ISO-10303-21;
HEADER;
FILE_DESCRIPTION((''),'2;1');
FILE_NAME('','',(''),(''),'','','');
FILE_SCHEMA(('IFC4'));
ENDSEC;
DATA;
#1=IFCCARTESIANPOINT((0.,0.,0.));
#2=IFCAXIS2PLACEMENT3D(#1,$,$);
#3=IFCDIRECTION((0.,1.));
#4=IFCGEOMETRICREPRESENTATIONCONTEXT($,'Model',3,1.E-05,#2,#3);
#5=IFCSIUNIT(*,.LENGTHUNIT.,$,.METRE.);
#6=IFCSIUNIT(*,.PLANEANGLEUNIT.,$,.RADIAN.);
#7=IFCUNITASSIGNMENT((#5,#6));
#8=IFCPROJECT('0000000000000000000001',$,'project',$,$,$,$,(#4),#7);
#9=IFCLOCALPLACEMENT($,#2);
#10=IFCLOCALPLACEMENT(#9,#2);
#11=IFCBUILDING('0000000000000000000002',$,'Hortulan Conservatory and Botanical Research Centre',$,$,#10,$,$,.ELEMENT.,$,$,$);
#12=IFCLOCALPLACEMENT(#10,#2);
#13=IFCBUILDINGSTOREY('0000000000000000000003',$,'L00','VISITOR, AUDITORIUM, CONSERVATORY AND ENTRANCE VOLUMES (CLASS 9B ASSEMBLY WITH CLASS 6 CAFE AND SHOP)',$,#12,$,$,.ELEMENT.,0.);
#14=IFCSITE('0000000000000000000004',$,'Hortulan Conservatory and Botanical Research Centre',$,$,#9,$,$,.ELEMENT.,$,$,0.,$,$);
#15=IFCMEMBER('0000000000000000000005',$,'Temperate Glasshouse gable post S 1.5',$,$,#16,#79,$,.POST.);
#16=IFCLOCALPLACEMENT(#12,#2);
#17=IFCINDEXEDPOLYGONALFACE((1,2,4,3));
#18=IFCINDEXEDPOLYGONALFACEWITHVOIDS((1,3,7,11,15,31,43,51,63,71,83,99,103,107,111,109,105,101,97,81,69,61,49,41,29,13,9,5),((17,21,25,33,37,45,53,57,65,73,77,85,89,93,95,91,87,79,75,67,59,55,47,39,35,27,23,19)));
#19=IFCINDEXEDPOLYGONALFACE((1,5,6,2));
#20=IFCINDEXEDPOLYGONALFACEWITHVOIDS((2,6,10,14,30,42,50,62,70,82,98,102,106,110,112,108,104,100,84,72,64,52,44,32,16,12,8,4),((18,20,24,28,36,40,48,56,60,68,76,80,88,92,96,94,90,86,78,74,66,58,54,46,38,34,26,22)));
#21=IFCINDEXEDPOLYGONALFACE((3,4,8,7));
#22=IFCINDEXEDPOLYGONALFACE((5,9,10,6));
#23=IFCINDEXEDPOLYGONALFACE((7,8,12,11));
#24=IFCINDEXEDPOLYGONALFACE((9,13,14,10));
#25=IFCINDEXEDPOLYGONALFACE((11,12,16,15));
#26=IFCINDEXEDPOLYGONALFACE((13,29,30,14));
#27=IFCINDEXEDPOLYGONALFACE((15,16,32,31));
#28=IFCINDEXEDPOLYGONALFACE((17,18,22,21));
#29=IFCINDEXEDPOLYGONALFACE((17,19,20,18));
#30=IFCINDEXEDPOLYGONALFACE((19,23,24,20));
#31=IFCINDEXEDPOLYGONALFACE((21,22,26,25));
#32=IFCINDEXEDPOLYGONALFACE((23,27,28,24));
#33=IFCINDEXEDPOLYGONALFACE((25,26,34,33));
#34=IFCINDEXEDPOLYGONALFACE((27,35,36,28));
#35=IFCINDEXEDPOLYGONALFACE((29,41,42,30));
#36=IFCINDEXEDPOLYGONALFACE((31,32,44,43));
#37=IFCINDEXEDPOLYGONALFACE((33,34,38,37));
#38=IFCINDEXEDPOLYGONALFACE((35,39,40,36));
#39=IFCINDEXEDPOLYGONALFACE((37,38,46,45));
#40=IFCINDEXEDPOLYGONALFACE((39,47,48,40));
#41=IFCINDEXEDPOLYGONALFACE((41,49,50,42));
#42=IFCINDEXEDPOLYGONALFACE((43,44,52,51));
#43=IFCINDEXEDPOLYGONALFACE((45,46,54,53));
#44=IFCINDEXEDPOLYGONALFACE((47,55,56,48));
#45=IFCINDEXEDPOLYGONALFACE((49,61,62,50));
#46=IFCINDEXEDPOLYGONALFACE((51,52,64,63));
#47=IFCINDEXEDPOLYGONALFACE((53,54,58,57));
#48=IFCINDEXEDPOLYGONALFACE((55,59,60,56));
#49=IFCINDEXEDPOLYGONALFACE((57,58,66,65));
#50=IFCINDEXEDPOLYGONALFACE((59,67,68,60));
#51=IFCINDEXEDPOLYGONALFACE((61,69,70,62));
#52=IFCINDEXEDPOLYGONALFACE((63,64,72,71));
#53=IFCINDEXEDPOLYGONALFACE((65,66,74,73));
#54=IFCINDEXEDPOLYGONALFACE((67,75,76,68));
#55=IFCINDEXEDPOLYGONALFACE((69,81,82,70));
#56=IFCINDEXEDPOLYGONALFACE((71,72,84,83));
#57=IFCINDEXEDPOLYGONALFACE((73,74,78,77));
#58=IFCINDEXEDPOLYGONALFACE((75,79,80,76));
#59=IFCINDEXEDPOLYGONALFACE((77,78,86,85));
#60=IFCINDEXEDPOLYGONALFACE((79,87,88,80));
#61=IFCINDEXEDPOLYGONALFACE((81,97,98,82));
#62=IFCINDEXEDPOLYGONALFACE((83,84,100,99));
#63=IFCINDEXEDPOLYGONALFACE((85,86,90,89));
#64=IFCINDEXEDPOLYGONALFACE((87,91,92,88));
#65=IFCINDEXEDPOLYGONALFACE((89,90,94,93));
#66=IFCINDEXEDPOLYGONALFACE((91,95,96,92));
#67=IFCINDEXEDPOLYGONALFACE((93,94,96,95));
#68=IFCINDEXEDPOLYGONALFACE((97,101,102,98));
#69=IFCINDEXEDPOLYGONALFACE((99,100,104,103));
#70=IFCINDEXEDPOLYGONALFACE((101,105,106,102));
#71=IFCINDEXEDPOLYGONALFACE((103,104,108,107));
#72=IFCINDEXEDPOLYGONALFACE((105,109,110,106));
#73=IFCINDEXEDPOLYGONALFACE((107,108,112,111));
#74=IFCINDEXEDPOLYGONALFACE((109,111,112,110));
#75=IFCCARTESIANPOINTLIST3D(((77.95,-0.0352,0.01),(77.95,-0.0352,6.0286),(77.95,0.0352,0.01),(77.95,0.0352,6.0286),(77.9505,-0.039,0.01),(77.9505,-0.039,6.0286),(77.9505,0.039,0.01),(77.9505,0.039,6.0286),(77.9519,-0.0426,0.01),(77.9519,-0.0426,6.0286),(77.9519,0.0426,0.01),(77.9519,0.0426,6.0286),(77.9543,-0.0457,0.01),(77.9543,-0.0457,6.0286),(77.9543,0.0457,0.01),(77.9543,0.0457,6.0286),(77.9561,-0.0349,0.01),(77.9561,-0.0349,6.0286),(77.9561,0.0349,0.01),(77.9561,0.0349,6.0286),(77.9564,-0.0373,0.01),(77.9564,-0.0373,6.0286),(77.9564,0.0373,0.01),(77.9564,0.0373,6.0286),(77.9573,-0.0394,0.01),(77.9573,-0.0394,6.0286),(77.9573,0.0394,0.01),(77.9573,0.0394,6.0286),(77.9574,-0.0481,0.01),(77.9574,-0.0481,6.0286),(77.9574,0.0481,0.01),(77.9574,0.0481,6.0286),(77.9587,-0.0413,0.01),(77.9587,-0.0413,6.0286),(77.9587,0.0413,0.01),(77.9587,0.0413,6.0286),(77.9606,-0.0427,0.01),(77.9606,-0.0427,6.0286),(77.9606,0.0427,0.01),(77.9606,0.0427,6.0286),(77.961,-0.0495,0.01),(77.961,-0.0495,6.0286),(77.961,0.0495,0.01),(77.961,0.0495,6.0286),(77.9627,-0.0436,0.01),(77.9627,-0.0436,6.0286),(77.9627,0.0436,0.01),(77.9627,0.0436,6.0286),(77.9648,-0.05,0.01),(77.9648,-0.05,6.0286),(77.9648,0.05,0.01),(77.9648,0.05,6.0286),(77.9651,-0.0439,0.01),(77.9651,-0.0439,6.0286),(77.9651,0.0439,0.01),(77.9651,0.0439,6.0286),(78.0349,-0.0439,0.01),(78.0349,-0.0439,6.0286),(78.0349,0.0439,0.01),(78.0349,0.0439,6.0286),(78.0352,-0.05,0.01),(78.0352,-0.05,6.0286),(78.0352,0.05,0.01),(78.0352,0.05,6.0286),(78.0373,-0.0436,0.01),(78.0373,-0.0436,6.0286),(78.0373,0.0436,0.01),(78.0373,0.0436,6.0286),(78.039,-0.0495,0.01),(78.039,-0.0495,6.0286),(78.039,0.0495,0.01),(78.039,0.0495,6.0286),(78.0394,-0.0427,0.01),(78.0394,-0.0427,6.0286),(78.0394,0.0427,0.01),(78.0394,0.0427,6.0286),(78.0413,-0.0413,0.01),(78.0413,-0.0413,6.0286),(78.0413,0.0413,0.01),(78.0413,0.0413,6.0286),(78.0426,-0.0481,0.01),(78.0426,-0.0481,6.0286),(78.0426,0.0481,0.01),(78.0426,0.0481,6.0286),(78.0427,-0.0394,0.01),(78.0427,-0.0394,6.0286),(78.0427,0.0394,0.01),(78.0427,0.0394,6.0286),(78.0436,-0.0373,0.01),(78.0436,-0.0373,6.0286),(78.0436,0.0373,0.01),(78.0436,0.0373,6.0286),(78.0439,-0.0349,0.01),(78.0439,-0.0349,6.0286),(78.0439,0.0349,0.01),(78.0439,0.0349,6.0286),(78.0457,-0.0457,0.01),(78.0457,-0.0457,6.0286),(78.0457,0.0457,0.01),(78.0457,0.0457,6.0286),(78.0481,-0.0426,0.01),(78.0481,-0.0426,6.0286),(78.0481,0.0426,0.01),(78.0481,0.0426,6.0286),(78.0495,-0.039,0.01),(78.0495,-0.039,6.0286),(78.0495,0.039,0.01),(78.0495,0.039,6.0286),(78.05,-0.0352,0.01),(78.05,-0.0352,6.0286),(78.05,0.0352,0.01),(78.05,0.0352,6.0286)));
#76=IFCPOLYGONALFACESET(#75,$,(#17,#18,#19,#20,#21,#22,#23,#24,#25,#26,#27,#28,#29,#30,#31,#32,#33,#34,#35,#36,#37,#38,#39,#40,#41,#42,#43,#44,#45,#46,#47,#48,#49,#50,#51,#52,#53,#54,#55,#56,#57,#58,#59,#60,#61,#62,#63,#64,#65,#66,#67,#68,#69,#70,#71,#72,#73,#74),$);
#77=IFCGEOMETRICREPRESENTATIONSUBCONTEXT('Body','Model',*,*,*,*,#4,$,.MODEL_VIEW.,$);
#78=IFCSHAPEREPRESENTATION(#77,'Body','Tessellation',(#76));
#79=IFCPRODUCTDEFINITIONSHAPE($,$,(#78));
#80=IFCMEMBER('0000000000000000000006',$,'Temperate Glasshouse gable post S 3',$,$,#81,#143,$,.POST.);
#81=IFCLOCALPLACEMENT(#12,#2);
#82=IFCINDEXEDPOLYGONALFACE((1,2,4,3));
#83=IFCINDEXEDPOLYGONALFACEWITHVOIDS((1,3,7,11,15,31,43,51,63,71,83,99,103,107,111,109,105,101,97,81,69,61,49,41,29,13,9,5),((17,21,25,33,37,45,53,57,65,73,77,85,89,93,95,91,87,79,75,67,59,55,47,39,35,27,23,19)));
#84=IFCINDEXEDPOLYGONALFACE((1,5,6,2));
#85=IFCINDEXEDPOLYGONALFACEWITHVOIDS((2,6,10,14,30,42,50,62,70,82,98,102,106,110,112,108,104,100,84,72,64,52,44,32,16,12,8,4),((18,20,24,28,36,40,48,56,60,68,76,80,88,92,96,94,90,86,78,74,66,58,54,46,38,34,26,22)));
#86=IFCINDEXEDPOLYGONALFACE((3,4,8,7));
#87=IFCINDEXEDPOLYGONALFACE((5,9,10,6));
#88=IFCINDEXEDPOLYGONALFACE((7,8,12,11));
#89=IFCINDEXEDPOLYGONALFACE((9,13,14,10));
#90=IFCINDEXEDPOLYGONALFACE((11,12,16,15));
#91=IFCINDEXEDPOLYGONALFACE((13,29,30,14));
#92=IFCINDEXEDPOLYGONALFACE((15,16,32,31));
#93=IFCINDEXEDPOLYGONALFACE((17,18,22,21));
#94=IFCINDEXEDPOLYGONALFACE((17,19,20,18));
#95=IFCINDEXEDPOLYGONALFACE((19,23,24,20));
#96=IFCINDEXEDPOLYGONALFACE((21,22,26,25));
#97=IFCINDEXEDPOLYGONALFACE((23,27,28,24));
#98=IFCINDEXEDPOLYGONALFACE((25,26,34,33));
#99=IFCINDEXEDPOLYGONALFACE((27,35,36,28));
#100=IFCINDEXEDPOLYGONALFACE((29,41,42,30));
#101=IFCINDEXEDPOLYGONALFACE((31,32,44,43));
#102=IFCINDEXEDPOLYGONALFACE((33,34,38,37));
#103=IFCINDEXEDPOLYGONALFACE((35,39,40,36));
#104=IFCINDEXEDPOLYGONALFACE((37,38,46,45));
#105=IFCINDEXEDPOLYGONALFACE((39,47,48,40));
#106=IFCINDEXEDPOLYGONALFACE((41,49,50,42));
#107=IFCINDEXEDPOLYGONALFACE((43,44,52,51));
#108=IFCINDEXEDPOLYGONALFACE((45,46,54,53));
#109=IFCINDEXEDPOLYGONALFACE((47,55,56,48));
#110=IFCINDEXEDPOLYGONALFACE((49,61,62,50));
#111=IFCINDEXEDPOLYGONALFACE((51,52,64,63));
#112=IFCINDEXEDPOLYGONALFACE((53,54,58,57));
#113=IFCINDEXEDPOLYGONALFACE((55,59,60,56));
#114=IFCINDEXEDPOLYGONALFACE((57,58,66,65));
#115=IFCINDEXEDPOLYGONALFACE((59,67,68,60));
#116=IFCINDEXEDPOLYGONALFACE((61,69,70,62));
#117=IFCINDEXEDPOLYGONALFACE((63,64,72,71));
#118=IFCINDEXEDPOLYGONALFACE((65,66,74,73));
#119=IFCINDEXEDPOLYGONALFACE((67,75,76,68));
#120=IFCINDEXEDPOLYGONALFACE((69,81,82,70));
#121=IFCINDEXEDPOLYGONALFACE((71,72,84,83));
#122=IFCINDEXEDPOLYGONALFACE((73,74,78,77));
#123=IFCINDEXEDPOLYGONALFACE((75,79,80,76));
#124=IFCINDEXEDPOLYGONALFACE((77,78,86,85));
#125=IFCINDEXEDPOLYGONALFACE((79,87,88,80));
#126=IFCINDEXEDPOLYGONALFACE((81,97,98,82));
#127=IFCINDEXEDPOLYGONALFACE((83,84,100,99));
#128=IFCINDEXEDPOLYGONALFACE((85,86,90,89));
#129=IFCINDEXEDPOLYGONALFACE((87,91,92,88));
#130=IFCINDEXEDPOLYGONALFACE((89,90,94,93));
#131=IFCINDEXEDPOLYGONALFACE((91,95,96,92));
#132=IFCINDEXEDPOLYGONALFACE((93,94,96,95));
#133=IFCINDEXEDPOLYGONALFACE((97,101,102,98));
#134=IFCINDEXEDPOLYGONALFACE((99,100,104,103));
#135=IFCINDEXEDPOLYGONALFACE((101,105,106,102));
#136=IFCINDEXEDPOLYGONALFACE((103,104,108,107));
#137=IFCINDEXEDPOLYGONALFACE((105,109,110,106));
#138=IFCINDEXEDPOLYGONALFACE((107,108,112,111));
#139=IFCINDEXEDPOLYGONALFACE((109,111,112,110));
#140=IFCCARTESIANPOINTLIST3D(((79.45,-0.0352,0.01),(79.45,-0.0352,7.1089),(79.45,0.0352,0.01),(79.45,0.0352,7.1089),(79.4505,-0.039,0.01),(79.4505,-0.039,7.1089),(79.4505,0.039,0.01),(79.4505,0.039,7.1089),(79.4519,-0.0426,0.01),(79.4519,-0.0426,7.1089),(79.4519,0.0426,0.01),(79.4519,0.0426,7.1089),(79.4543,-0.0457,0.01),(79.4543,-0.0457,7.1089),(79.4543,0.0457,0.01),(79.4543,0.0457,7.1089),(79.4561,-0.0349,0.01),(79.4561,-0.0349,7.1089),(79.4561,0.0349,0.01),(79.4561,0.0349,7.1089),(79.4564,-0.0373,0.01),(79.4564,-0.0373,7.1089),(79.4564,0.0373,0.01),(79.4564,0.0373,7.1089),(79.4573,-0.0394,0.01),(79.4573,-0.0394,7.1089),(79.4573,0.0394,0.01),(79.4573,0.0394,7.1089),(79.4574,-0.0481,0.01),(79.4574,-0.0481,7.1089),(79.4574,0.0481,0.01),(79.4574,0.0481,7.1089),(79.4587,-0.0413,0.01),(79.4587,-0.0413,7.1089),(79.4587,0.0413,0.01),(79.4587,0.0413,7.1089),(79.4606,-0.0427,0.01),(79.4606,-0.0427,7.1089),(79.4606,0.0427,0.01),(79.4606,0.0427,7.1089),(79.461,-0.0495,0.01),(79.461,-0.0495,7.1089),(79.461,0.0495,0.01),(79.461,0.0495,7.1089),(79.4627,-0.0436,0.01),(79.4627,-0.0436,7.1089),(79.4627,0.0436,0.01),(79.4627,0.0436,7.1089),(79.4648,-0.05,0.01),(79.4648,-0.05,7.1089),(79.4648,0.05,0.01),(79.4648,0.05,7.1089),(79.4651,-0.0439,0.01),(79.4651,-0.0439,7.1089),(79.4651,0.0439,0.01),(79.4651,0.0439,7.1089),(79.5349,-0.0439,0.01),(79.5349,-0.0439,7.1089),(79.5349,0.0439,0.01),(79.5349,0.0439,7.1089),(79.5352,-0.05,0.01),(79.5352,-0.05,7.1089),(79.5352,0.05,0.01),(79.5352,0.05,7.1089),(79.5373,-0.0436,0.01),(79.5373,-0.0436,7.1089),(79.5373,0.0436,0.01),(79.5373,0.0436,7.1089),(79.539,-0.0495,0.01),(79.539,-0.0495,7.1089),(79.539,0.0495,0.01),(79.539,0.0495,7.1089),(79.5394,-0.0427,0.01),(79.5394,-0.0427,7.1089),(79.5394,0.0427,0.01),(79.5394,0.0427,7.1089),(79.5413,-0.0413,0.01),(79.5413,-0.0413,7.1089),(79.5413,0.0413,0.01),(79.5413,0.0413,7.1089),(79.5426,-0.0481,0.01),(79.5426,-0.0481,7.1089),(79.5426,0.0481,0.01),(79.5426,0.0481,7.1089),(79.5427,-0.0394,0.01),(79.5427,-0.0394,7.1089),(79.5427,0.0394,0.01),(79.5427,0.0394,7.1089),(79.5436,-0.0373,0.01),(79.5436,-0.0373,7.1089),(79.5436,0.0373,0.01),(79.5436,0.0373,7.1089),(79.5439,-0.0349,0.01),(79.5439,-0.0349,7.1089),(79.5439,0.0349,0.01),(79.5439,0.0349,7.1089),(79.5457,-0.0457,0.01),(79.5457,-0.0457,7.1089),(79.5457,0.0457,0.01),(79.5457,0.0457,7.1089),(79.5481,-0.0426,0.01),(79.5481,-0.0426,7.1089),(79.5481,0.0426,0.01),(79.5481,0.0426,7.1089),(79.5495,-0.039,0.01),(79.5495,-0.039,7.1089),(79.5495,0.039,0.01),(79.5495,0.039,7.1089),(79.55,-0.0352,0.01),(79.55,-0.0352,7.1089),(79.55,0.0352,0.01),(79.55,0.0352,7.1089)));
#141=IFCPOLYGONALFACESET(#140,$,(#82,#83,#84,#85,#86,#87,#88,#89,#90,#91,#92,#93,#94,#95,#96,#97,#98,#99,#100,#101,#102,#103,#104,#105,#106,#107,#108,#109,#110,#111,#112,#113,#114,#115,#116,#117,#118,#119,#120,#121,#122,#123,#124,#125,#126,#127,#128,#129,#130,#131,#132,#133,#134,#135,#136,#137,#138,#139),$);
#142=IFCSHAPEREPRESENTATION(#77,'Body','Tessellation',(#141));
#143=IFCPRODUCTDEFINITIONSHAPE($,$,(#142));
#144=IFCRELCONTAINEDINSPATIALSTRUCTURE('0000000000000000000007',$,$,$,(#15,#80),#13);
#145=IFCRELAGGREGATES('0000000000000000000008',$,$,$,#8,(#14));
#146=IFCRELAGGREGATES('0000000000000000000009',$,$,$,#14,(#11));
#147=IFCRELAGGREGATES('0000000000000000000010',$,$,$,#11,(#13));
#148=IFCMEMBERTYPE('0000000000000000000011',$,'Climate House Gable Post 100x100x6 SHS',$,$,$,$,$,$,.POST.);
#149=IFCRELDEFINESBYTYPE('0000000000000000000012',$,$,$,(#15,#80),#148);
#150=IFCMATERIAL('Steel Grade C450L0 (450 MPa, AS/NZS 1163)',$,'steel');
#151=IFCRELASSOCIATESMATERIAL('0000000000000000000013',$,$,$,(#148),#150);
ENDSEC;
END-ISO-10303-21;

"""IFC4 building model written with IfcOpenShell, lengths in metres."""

from ifc_helpers import new_model, si_unit, direction, frame, origin, origin_2d, place, context, subcontext, project, spatial, hollow_rectangle, extrude, material, material_profile, profile_set, type_object, element, save


model = new_model("IFC4")

# Units and contexts
model_context = context("Model", 3, precision=1e-05, world=origin(), true_north=direction((0.0, 1.0)))
body_context = subcontext(model_context, "Body", "Model", "MODEL_VIEW")
ifc_project = project(units=[si_unit("LENGTHUNIT", "METRE"), si_unit("PLANEANGLEUNIT", "RADIAN")], contexts=[model_context])

# Site, building, storey
site_placement = place(None, origin())
site = spatial("IfcSite", under=ifc_project, at=site_placement, Name="Hortulan Conservatory and Botanical Research Centre", CompositionType="ELEMENT", RefElevation=0.0)
building_placement = place(site_placement, origin())
building = spatial("IfcBuilding", under=site, at=building_placement, Name="Hortulan Conservatory and Botanical Research Centre", CompositionType="ELEMENT")
storey_placement = place(building_placement, origin())
storey = spatial("IfcBuildingStorey", under=building, at=storey_placement, Name="L00", Description="VISITOR, AUDITORIUM, CONSERVATORY AND ENTRANCE VOLUMES (CLASS 9B ASSEMBLY WITH CLASS 6 CAFE AND SHOP)", CompositionType="ELEMENT", Elevation=0.0)

# Members
ifc_material_1 = material(Name="Steel Grade C450L0 (450 MPa, AS/NZS 1163)", Category="steel")
ifc_material_profile_1 = material_profile(ifc_material_1, hollow_rectangle(XDim=0.1001, YDim=0.1001, WallThickness=0.0061, InnerFilletRadius=0.009, OuterFilletRadius=0.0149, at=origin_2d()), Name="100x100x6SHS")
ifc_profile_set_1 = profile_set([ifc_material_profile_1], Name="Steel Grade C450L0 (450 MPa, AS/NZS 1163)")
member_type_1 = type_object("IfcMemberType", Name="Climate House Gable Post 100x100x6 SHS", PredefinedType="POST", material=ifc_profile_set_1)
member_1_placement = place(storey_placement, frame((78.0, 0.0, 0.01), z_axis=(0.0, 0.0, 1.0), x_axis=(1.0, 0.0, 0.0)))
element("IfcMember", 1, at=member_1_placement, inside=storey, type_object=member_type_1, Name="Temperate Glasshouse gable post S 1.5", PredefinedType="POST", context=body_context, shape_type="SweptSolid", body=[
    extrude(hollow_rectangle(XDim=0.1001, YDim=0.1001, WallThickness=0.0061, InnerFilletRadius=0.009, OuterFilletRadius=0.0149, at=origin_2d()), origin(), (0.0, 0.0, 1.0), 6.0186),
])
member_2_placement = place(storey_placement, frame((79.5, 0.0, 0.01), z_axis=(0.0, 0.0, 1.0), x_axis=(1.0, 0.0, 0.0)))
element("IfcMember", 2, at=member_2_placement, inside=storey, type_object=member_type_1, Name="Temperate Glasshouse gable post S 3", PredefinedType="POST", context=body_context, shape_type="SweptSolid", body=[
    extrude(hollow_rectangle(XDim=0.1001, YDim=0.1001, WallThickness=0.0061, InnerFilletRadius=0.009, OuterFilletRadius=0.0149, at=origin_2d()), origin(), (0.0, 0.0, 1.0), 7.0989),
])

save(model, "model.ifc")
